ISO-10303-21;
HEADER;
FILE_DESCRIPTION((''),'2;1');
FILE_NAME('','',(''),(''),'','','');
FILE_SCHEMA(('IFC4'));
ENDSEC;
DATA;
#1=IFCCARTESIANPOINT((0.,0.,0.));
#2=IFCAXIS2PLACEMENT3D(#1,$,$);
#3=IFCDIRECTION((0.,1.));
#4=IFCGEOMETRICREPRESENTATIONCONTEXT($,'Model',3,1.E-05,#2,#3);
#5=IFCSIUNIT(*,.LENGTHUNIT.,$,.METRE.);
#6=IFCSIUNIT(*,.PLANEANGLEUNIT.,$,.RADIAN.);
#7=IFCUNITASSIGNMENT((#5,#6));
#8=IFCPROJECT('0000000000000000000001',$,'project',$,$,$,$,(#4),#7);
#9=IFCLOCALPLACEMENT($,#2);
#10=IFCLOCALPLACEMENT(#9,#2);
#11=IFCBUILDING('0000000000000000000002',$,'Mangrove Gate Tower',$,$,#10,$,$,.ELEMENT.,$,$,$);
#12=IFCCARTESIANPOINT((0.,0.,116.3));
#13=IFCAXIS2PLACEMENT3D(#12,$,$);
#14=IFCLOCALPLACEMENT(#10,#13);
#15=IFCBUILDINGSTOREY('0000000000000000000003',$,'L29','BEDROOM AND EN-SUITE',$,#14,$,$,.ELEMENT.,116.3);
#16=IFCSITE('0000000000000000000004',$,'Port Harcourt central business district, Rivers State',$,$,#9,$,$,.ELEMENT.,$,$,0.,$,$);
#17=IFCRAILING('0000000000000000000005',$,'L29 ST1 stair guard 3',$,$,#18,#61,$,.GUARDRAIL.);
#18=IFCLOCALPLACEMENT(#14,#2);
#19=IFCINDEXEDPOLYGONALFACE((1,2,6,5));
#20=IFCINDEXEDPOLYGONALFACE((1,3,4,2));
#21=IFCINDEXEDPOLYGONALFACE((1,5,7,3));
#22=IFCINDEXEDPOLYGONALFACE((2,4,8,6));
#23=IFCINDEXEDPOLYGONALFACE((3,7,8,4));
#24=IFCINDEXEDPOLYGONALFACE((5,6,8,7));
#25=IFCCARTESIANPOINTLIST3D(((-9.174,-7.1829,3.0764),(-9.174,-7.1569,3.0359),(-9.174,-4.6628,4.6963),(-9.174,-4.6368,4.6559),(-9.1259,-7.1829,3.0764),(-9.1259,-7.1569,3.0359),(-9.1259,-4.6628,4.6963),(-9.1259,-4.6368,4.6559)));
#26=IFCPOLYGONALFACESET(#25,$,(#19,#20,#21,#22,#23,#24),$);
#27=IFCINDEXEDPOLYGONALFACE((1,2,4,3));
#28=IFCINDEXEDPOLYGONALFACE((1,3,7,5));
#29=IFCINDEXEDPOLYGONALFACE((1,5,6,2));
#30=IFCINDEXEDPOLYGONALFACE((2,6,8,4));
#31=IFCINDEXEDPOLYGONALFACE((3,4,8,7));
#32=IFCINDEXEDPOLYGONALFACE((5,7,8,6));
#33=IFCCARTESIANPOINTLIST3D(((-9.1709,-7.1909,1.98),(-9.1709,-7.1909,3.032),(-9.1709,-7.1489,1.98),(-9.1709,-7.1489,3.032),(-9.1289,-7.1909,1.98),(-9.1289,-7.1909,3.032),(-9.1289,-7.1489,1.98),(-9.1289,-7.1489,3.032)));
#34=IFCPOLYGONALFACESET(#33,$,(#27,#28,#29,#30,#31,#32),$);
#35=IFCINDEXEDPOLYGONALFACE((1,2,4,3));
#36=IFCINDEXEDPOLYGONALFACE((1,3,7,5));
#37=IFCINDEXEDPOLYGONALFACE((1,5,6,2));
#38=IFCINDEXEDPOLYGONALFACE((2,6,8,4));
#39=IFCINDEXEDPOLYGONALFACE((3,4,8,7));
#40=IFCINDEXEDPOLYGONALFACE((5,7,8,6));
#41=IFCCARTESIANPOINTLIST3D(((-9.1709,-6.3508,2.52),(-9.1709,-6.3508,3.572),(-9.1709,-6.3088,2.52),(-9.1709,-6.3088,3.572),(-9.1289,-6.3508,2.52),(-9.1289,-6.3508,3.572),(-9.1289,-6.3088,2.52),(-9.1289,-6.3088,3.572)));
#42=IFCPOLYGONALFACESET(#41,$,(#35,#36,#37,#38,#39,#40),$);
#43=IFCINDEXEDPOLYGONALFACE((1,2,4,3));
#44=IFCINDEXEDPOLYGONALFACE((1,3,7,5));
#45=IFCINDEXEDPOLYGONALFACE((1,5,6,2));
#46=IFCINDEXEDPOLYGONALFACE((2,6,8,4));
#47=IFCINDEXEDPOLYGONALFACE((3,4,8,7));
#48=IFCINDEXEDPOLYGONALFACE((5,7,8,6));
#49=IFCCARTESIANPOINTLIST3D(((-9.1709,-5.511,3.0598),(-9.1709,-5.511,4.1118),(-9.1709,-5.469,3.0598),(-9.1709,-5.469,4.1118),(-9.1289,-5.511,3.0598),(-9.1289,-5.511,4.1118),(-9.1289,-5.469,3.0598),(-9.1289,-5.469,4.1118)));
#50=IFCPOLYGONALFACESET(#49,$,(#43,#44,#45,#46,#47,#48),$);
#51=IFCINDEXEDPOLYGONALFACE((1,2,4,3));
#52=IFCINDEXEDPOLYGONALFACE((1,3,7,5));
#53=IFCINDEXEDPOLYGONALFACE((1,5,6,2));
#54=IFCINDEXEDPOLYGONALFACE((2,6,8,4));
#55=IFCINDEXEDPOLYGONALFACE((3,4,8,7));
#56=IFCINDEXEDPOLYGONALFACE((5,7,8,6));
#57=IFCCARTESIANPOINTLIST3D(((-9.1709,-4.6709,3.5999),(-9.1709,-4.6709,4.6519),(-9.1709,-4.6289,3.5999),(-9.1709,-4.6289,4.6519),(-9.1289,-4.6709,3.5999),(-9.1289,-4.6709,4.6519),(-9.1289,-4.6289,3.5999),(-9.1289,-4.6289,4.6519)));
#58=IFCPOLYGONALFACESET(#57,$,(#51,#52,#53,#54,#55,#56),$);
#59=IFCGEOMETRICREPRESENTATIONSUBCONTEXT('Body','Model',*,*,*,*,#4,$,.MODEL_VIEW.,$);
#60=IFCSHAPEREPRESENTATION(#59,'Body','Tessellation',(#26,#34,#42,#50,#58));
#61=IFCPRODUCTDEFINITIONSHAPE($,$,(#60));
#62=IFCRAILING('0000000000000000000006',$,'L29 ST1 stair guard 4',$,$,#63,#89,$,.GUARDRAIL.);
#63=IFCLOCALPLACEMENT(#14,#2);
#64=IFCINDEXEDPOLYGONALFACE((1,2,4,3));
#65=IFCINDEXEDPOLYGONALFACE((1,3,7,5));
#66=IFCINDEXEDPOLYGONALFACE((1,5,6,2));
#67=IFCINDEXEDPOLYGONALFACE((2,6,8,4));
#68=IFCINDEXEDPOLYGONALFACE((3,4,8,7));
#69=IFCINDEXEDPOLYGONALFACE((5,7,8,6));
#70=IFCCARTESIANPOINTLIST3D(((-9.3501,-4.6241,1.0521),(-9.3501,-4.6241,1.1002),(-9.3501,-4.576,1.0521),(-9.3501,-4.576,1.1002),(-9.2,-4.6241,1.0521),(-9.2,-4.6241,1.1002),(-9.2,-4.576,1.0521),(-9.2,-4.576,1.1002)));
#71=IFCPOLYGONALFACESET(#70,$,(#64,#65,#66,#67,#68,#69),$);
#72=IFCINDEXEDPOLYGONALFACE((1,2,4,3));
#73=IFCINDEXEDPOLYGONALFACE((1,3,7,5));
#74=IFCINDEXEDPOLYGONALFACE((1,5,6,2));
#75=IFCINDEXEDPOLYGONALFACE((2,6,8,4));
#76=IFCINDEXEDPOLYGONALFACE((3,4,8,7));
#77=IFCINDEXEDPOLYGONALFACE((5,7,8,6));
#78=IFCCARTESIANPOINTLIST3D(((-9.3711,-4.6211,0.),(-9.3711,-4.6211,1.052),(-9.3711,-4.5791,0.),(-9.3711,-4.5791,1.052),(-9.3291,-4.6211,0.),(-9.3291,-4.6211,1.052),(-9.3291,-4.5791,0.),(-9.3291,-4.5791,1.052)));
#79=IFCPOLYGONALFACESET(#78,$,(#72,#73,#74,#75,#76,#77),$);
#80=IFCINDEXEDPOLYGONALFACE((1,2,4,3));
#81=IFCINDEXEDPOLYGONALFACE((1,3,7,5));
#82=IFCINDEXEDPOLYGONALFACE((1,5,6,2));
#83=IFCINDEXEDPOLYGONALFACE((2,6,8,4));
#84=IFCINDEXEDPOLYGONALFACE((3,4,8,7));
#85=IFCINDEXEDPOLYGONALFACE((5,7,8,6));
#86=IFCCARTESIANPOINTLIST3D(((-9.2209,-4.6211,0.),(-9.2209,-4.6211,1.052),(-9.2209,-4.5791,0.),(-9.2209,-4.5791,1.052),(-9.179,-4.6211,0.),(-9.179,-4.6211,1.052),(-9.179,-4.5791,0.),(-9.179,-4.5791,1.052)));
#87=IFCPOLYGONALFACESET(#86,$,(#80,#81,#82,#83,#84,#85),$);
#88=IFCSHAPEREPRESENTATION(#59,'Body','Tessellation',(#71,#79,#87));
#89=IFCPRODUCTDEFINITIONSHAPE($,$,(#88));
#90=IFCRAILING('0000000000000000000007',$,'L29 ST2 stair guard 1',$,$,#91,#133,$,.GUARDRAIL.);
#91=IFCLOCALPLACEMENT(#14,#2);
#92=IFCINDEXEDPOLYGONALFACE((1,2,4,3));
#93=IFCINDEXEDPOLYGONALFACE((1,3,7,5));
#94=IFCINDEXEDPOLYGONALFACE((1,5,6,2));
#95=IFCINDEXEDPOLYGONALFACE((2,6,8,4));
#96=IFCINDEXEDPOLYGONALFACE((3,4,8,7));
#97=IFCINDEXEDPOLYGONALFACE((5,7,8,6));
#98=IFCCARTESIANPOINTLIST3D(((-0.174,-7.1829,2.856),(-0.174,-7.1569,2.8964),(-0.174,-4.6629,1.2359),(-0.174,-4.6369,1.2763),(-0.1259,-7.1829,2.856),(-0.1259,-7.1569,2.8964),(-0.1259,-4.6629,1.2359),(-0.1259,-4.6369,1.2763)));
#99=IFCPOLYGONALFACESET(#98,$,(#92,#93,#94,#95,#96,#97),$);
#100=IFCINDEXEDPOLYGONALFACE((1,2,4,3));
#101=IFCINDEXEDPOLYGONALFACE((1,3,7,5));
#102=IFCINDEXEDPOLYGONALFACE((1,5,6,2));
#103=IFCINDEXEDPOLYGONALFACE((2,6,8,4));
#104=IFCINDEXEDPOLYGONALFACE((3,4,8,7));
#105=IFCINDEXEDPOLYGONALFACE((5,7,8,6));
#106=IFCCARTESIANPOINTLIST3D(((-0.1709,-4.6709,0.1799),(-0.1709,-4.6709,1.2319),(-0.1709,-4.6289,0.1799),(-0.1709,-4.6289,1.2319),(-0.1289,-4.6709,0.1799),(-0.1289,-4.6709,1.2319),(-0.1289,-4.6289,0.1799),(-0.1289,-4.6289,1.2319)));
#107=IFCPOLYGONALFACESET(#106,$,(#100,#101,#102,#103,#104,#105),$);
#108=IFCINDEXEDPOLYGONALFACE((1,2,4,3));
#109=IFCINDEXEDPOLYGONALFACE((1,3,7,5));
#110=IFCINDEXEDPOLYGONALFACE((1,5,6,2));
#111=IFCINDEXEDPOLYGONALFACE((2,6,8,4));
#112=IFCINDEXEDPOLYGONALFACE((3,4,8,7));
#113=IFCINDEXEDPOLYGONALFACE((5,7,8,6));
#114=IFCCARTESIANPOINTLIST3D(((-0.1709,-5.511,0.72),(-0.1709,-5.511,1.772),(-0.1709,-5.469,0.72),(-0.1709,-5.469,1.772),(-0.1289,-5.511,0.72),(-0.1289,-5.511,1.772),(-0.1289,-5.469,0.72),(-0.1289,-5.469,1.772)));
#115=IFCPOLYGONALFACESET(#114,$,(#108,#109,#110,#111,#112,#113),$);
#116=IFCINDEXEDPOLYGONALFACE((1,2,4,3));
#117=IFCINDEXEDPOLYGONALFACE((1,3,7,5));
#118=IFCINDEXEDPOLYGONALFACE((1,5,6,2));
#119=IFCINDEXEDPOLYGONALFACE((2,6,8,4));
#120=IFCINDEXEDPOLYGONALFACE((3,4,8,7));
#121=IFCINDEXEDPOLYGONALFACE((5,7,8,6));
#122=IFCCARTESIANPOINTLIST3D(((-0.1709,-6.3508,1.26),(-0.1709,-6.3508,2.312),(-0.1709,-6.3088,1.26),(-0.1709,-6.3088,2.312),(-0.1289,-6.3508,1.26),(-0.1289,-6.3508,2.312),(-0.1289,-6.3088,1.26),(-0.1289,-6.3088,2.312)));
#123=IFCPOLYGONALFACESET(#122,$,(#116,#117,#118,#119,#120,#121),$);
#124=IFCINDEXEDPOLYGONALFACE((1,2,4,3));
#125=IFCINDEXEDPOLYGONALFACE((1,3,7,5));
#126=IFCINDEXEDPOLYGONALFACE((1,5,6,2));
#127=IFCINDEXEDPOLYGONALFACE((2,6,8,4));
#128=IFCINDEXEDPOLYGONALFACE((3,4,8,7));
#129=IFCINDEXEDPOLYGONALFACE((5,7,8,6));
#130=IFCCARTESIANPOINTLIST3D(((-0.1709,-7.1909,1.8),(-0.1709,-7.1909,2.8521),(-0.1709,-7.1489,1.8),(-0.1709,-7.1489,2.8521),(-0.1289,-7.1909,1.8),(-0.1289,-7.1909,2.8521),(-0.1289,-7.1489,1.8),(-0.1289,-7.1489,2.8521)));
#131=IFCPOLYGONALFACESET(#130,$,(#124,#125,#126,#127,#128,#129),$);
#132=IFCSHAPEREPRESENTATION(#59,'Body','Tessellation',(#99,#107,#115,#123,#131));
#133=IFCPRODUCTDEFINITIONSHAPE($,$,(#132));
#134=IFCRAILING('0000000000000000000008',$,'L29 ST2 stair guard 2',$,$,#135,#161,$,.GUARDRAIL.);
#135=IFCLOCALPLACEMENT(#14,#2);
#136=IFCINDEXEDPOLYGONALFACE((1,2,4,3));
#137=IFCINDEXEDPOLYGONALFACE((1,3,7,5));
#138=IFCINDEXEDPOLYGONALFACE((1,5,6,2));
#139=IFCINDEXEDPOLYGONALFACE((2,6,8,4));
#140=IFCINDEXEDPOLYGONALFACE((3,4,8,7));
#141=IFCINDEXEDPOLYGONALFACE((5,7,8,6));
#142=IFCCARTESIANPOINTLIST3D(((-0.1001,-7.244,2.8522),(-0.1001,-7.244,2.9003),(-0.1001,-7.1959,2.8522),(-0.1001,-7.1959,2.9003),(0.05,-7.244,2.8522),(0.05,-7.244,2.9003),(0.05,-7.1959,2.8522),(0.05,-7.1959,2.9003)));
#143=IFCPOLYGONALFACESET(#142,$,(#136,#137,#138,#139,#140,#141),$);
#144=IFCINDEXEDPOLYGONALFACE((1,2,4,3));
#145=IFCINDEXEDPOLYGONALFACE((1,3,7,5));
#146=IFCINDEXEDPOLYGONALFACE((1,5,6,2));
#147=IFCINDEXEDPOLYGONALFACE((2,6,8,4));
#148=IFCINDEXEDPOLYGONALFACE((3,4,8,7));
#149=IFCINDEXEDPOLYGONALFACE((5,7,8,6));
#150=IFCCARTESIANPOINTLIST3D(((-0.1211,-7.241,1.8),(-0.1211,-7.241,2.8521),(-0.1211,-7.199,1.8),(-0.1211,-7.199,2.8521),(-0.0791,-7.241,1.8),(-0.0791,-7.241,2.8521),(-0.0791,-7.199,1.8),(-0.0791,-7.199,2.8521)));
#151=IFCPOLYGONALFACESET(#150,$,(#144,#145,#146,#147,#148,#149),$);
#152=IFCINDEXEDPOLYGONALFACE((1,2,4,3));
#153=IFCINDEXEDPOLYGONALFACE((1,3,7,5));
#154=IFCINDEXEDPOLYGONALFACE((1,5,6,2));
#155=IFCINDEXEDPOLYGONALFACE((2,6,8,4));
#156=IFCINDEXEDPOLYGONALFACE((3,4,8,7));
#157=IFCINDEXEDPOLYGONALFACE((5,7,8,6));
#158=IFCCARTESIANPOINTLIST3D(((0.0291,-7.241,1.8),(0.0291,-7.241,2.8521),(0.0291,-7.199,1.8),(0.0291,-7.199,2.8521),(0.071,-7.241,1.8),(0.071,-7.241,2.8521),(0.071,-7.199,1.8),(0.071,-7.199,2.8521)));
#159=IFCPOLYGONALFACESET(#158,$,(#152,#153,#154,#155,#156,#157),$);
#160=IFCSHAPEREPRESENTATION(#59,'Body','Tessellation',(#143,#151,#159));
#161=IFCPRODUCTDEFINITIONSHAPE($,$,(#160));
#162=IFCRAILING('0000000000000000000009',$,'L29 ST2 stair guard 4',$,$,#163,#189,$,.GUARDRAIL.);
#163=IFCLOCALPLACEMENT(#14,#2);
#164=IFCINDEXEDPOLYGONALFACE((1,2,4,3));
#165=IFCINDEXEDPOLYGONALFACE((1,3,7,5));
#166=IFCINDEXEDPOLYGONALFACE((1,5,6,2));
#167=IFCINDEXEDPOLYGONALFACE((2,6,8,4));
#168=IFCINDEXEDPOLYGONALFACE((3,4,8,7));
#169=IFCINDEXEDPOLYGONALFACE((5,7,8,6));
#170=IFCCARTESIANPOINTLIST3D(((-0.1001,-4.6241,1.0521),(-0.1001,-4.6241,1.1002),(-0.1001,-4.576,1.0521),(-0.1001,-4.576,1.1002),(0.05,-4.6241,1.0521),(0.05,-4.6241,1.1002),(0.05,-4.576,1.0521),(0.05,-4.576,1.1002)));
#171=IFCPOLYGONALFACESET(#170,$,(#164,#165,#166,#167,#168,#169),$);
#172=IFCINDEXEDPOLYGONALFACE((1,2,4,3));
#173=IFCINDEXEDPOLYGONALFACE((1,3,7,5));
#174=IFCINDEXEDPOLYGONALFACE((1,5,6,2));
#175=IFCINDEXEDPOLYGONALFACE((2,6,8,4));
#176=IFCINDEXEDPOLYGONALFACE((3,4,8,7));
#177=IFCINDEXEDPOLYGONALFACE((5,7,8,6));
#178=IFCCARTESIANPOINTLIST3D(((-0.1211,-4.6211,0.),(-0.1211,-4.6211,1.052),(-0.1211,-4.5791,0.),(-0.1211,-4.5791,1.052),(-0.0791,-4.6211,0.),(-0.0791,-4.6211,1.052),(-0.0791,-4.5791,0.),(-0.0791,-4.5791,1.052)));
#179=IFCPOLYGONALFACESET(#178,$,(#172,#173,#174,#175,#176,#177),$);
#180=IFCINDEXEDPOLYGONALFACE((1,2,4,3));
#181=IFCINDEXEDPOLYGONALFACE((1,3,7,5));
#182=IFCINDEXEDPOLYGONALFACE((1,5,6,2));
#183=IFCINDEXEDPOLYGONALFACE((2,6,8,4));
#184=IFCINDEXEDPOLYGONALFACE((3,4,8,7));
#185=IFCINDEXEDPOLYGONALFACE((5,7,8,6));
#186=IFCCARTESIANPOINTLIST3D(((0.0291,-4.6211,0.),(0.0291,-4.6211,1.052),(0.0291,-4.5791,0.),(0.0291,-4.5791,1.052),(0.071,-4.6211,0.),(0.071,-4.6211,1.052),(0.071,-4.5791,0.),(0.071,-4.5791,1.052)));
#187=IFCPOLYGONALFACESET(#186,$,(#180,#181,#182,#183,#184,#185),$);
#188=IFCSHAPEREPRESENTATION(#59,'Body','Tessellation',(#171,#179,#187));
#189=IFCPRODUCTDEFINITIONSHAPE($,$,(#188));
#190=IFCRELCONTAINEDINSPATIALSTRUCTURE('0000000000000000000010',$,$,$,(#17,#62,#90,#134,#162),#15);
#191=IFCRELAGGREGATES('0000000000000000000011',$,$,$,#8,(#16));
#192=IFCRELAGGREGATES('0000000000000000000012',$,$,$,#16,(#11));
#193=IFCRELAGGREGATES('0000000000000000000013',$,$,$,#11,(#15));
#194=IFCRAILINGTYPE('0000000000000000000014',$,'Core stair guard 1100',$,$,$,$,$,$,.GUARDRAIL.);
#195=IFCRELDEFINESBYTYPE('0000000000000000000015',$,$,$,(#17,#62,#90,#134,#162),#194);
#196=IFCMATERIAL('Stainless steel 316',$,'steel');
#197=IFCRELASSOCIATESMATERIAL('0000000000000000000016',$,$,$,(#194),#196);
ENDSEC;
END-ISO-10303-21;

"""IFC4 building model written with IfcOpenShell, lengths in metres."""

from ifc_helpers import new_model, si_unit, direction, frame, origin, origin_2d, place, context, subcontext, project, spatial, rectangle, extrude, material, type_object, element, save


model = new_model("IFC4")

# Units and contexts
model_context = context("Model", 3, precision=1e-05, world=origin(), true_north=direction((0.0, 1.0)))
body_context = subcontext(model_context, "Body", "Model", "MODEL_VIEW")
ifc_project = project(units=[si_unit("LENGTHUNIT", "METRE"), si_unit("PLANEANGLEUNIT", "RADIAN")], contexts=[model_context])

# Site, building, storey
site_placement = place(None, origin())
site = spatial("IfcSite", under=ifc_project, at=site_placement, Name="Port Harcourt central business district, Rivers State", CompositionType="ELEMENT", RefElevation=0.0)
building_placement = place(site_placement, origin())
building = spatial("IfcBuilding", under=site, at=building_placement, Name="Mangrove Gate Tower", CompositionType="ELEMENT")
storey_placement = place(building_placement, frame((0.0, 0.0, 116.3)))
storey = spatial("IfcBuildingStorey", under=building, at=storey_placement, Name="L29", Description="BEDROOM AND EN-SUITE", CompositionType="ELEMENT", Elevation=116.3)

# Railings
ifc_material_1 = material(Name="Stainless steel 316", Category="steel")
railing_type_1 = type_object("IfcRailingType", Name="Core stair guard 1100", PredefinedType="GUARDRAIL", material=ifc_material_1)
railing_1_placement = place(storey_placement, frame((-9.1499, -7.1699, 1.98)))
element("IfcRailing", 1, at=railing_1_placement, inside=storey, type_object=railing_type_1, Name="L29 ST1 stair guard 3", PredefinedType="GUARDRAIL", context=body_context, shape_type="SweptSolid", body=[
    extrude(rectangle(XDim=0.0481, YDim=0.0481, at=origin_2d()), frame((0.0, 0.0, 1.0762), z_axis=(0.0, 0.8412, 0.540725), x_axis=(-1.0, 0.0, 0.0)), (0.0, 0.0, 1.0), 2.9958),
    extrude(rectangle(XDim=0.042, YDim=0.042, at=origin_2d()), origin(), (0.0, 0.0, 1.0), 1.052),
    extrude(rectangle(XDim=0.042, YDim=0.042, at=origin_2d()), frame((0.0, 0.8401, 0.54)), (0.0, 0.0, 1.0), 1.052),
    extrude(rectangle(XDim=0.042, YDim=0.042, at=origin_2d()), frame((0.0, 1.6799, 1.0798)), (0.0, 0.0, 1.0), 1.052),
    extrude(rectangle(XDim=0.042, YDim=0.042, at=origin_2d()), frame((0.0, 2.52, 1.6199)), (0.0, 0.0, 1.0), 1.052),
])
railing_2_placement = place(storey_placement, frame((-9.3501, -4.6001, 0.0)))
element("IfcRailing", 2, at=railing_2_placement, inside=storey, type_object=railing_type_1, Name="L29 ST1 stair guard 4", PredefinedType="GUARDRAIL", context=body_context, shape_type="SweptSolid", body=[
    extrude(rectangle(XDim=0.0481, YDim=0.0481, at=origin_2d()), frame((0.0, 0.0, 1.0762), z_axis=(1.0, 0.0, 0.0), x_axis=(0.0, 1.0, 0.0)), (0.0, 0.0, 1.0), 0.1501),
    extrude(rectangle(XDim=0.042, YDim=0.042, at=origin_2d()), origin(), (0.0, 0.0, 1.0), 1.052),
    extrude(rectangle(XDim=0.042, YDim=0.042, at=origin_2d()), frame((0.1501, 0.0, 0.0)), (0.0, 0.0, 1.0), 1.052),
])
railing_3_placement = place(storey_placement, frame((-0.1499, -4.6499, 0.1799)))
element("IfcRailing", 3, at=railing_3_placement, inside=storey, type_object=railing_type_1, Name="L29 ST2 stair guard 1", PredefinedType="GUARDRAIL", context=body_context, shape_type="SweptSolid", body=[
    extrude(rectangle(XDim=0.0481, YDim=0.0481, at=origin_2d()), frame((0.0, 0.0, 1.0762), z_axis=(0.0, -0.841163, 0.540782), x_axis=(1.0, 0.0, 0.0)), (0.0, 0.0, 1.0), 2.9958),
    extrude(rectangle(XDim=0.042, YDim=0.042, at=origin_2d()), origin(), (0.0, 0.0, 1.0), 1.052),
    extrude(rectangle(XDim=0.042, YDim=0.042, at=origin_2d()), frame((0.0, -0.8401, 0.54)), (0.0, 0.0, 1.0), 1.052),
    extrude(rectangle(XDim=0.042, YDim=0.042, at=origin_2d()), frame((0.0, -1.6799, 1.0801)), (0.0, 0.0, 1.0), 1.052),
    extrude(rectangle(XDim=0.042, YDim=0.042, at=origin_2d()), frame((0.0, -2.52, 1.6201)), (0.0, 0.0, 1.0), 1.052),
])
for number, where, name in (
    (4, (-0.1001, -7.22, 1.8), "L29 ST2 stair guard 2"),
    (5, (-0.1001, -4.6001, 0.0), "L29 ST2 stair guard 4"),
):
    element("IfcRailing", number, at=place(storey_placement, frame(where)), inside=storey, type_object=railing_type_1, Name=name, PredefinedType="GUARDRAIL", context=body_context, shape_type="SweptSolid", body=[
        extrude(rectangle(XDim=0.0481, YDim=0.0481, at=origin_2d()), frame((0.0, 0.0, 1.0762), z_axis=(1.0, 0.0, 0.0), x_axis=(0.0, 1.0, 0.0)), (0.0, 0.0, 1.0), 0.1501),
        extrude(rectangle(XDim=0.042, YDim=0.042, at=origin_2d()), origin(), (0.0, 0.0, 1.0), 1.052),
        extrude(rectangle(XDim=0.042, YDim=0.042, at=origin_2d()), frame((0.1501, 0.0, 0.0)), (0.0, 0.0, 1.0), 1.052),
    ])

save(model, "model.ifc")
